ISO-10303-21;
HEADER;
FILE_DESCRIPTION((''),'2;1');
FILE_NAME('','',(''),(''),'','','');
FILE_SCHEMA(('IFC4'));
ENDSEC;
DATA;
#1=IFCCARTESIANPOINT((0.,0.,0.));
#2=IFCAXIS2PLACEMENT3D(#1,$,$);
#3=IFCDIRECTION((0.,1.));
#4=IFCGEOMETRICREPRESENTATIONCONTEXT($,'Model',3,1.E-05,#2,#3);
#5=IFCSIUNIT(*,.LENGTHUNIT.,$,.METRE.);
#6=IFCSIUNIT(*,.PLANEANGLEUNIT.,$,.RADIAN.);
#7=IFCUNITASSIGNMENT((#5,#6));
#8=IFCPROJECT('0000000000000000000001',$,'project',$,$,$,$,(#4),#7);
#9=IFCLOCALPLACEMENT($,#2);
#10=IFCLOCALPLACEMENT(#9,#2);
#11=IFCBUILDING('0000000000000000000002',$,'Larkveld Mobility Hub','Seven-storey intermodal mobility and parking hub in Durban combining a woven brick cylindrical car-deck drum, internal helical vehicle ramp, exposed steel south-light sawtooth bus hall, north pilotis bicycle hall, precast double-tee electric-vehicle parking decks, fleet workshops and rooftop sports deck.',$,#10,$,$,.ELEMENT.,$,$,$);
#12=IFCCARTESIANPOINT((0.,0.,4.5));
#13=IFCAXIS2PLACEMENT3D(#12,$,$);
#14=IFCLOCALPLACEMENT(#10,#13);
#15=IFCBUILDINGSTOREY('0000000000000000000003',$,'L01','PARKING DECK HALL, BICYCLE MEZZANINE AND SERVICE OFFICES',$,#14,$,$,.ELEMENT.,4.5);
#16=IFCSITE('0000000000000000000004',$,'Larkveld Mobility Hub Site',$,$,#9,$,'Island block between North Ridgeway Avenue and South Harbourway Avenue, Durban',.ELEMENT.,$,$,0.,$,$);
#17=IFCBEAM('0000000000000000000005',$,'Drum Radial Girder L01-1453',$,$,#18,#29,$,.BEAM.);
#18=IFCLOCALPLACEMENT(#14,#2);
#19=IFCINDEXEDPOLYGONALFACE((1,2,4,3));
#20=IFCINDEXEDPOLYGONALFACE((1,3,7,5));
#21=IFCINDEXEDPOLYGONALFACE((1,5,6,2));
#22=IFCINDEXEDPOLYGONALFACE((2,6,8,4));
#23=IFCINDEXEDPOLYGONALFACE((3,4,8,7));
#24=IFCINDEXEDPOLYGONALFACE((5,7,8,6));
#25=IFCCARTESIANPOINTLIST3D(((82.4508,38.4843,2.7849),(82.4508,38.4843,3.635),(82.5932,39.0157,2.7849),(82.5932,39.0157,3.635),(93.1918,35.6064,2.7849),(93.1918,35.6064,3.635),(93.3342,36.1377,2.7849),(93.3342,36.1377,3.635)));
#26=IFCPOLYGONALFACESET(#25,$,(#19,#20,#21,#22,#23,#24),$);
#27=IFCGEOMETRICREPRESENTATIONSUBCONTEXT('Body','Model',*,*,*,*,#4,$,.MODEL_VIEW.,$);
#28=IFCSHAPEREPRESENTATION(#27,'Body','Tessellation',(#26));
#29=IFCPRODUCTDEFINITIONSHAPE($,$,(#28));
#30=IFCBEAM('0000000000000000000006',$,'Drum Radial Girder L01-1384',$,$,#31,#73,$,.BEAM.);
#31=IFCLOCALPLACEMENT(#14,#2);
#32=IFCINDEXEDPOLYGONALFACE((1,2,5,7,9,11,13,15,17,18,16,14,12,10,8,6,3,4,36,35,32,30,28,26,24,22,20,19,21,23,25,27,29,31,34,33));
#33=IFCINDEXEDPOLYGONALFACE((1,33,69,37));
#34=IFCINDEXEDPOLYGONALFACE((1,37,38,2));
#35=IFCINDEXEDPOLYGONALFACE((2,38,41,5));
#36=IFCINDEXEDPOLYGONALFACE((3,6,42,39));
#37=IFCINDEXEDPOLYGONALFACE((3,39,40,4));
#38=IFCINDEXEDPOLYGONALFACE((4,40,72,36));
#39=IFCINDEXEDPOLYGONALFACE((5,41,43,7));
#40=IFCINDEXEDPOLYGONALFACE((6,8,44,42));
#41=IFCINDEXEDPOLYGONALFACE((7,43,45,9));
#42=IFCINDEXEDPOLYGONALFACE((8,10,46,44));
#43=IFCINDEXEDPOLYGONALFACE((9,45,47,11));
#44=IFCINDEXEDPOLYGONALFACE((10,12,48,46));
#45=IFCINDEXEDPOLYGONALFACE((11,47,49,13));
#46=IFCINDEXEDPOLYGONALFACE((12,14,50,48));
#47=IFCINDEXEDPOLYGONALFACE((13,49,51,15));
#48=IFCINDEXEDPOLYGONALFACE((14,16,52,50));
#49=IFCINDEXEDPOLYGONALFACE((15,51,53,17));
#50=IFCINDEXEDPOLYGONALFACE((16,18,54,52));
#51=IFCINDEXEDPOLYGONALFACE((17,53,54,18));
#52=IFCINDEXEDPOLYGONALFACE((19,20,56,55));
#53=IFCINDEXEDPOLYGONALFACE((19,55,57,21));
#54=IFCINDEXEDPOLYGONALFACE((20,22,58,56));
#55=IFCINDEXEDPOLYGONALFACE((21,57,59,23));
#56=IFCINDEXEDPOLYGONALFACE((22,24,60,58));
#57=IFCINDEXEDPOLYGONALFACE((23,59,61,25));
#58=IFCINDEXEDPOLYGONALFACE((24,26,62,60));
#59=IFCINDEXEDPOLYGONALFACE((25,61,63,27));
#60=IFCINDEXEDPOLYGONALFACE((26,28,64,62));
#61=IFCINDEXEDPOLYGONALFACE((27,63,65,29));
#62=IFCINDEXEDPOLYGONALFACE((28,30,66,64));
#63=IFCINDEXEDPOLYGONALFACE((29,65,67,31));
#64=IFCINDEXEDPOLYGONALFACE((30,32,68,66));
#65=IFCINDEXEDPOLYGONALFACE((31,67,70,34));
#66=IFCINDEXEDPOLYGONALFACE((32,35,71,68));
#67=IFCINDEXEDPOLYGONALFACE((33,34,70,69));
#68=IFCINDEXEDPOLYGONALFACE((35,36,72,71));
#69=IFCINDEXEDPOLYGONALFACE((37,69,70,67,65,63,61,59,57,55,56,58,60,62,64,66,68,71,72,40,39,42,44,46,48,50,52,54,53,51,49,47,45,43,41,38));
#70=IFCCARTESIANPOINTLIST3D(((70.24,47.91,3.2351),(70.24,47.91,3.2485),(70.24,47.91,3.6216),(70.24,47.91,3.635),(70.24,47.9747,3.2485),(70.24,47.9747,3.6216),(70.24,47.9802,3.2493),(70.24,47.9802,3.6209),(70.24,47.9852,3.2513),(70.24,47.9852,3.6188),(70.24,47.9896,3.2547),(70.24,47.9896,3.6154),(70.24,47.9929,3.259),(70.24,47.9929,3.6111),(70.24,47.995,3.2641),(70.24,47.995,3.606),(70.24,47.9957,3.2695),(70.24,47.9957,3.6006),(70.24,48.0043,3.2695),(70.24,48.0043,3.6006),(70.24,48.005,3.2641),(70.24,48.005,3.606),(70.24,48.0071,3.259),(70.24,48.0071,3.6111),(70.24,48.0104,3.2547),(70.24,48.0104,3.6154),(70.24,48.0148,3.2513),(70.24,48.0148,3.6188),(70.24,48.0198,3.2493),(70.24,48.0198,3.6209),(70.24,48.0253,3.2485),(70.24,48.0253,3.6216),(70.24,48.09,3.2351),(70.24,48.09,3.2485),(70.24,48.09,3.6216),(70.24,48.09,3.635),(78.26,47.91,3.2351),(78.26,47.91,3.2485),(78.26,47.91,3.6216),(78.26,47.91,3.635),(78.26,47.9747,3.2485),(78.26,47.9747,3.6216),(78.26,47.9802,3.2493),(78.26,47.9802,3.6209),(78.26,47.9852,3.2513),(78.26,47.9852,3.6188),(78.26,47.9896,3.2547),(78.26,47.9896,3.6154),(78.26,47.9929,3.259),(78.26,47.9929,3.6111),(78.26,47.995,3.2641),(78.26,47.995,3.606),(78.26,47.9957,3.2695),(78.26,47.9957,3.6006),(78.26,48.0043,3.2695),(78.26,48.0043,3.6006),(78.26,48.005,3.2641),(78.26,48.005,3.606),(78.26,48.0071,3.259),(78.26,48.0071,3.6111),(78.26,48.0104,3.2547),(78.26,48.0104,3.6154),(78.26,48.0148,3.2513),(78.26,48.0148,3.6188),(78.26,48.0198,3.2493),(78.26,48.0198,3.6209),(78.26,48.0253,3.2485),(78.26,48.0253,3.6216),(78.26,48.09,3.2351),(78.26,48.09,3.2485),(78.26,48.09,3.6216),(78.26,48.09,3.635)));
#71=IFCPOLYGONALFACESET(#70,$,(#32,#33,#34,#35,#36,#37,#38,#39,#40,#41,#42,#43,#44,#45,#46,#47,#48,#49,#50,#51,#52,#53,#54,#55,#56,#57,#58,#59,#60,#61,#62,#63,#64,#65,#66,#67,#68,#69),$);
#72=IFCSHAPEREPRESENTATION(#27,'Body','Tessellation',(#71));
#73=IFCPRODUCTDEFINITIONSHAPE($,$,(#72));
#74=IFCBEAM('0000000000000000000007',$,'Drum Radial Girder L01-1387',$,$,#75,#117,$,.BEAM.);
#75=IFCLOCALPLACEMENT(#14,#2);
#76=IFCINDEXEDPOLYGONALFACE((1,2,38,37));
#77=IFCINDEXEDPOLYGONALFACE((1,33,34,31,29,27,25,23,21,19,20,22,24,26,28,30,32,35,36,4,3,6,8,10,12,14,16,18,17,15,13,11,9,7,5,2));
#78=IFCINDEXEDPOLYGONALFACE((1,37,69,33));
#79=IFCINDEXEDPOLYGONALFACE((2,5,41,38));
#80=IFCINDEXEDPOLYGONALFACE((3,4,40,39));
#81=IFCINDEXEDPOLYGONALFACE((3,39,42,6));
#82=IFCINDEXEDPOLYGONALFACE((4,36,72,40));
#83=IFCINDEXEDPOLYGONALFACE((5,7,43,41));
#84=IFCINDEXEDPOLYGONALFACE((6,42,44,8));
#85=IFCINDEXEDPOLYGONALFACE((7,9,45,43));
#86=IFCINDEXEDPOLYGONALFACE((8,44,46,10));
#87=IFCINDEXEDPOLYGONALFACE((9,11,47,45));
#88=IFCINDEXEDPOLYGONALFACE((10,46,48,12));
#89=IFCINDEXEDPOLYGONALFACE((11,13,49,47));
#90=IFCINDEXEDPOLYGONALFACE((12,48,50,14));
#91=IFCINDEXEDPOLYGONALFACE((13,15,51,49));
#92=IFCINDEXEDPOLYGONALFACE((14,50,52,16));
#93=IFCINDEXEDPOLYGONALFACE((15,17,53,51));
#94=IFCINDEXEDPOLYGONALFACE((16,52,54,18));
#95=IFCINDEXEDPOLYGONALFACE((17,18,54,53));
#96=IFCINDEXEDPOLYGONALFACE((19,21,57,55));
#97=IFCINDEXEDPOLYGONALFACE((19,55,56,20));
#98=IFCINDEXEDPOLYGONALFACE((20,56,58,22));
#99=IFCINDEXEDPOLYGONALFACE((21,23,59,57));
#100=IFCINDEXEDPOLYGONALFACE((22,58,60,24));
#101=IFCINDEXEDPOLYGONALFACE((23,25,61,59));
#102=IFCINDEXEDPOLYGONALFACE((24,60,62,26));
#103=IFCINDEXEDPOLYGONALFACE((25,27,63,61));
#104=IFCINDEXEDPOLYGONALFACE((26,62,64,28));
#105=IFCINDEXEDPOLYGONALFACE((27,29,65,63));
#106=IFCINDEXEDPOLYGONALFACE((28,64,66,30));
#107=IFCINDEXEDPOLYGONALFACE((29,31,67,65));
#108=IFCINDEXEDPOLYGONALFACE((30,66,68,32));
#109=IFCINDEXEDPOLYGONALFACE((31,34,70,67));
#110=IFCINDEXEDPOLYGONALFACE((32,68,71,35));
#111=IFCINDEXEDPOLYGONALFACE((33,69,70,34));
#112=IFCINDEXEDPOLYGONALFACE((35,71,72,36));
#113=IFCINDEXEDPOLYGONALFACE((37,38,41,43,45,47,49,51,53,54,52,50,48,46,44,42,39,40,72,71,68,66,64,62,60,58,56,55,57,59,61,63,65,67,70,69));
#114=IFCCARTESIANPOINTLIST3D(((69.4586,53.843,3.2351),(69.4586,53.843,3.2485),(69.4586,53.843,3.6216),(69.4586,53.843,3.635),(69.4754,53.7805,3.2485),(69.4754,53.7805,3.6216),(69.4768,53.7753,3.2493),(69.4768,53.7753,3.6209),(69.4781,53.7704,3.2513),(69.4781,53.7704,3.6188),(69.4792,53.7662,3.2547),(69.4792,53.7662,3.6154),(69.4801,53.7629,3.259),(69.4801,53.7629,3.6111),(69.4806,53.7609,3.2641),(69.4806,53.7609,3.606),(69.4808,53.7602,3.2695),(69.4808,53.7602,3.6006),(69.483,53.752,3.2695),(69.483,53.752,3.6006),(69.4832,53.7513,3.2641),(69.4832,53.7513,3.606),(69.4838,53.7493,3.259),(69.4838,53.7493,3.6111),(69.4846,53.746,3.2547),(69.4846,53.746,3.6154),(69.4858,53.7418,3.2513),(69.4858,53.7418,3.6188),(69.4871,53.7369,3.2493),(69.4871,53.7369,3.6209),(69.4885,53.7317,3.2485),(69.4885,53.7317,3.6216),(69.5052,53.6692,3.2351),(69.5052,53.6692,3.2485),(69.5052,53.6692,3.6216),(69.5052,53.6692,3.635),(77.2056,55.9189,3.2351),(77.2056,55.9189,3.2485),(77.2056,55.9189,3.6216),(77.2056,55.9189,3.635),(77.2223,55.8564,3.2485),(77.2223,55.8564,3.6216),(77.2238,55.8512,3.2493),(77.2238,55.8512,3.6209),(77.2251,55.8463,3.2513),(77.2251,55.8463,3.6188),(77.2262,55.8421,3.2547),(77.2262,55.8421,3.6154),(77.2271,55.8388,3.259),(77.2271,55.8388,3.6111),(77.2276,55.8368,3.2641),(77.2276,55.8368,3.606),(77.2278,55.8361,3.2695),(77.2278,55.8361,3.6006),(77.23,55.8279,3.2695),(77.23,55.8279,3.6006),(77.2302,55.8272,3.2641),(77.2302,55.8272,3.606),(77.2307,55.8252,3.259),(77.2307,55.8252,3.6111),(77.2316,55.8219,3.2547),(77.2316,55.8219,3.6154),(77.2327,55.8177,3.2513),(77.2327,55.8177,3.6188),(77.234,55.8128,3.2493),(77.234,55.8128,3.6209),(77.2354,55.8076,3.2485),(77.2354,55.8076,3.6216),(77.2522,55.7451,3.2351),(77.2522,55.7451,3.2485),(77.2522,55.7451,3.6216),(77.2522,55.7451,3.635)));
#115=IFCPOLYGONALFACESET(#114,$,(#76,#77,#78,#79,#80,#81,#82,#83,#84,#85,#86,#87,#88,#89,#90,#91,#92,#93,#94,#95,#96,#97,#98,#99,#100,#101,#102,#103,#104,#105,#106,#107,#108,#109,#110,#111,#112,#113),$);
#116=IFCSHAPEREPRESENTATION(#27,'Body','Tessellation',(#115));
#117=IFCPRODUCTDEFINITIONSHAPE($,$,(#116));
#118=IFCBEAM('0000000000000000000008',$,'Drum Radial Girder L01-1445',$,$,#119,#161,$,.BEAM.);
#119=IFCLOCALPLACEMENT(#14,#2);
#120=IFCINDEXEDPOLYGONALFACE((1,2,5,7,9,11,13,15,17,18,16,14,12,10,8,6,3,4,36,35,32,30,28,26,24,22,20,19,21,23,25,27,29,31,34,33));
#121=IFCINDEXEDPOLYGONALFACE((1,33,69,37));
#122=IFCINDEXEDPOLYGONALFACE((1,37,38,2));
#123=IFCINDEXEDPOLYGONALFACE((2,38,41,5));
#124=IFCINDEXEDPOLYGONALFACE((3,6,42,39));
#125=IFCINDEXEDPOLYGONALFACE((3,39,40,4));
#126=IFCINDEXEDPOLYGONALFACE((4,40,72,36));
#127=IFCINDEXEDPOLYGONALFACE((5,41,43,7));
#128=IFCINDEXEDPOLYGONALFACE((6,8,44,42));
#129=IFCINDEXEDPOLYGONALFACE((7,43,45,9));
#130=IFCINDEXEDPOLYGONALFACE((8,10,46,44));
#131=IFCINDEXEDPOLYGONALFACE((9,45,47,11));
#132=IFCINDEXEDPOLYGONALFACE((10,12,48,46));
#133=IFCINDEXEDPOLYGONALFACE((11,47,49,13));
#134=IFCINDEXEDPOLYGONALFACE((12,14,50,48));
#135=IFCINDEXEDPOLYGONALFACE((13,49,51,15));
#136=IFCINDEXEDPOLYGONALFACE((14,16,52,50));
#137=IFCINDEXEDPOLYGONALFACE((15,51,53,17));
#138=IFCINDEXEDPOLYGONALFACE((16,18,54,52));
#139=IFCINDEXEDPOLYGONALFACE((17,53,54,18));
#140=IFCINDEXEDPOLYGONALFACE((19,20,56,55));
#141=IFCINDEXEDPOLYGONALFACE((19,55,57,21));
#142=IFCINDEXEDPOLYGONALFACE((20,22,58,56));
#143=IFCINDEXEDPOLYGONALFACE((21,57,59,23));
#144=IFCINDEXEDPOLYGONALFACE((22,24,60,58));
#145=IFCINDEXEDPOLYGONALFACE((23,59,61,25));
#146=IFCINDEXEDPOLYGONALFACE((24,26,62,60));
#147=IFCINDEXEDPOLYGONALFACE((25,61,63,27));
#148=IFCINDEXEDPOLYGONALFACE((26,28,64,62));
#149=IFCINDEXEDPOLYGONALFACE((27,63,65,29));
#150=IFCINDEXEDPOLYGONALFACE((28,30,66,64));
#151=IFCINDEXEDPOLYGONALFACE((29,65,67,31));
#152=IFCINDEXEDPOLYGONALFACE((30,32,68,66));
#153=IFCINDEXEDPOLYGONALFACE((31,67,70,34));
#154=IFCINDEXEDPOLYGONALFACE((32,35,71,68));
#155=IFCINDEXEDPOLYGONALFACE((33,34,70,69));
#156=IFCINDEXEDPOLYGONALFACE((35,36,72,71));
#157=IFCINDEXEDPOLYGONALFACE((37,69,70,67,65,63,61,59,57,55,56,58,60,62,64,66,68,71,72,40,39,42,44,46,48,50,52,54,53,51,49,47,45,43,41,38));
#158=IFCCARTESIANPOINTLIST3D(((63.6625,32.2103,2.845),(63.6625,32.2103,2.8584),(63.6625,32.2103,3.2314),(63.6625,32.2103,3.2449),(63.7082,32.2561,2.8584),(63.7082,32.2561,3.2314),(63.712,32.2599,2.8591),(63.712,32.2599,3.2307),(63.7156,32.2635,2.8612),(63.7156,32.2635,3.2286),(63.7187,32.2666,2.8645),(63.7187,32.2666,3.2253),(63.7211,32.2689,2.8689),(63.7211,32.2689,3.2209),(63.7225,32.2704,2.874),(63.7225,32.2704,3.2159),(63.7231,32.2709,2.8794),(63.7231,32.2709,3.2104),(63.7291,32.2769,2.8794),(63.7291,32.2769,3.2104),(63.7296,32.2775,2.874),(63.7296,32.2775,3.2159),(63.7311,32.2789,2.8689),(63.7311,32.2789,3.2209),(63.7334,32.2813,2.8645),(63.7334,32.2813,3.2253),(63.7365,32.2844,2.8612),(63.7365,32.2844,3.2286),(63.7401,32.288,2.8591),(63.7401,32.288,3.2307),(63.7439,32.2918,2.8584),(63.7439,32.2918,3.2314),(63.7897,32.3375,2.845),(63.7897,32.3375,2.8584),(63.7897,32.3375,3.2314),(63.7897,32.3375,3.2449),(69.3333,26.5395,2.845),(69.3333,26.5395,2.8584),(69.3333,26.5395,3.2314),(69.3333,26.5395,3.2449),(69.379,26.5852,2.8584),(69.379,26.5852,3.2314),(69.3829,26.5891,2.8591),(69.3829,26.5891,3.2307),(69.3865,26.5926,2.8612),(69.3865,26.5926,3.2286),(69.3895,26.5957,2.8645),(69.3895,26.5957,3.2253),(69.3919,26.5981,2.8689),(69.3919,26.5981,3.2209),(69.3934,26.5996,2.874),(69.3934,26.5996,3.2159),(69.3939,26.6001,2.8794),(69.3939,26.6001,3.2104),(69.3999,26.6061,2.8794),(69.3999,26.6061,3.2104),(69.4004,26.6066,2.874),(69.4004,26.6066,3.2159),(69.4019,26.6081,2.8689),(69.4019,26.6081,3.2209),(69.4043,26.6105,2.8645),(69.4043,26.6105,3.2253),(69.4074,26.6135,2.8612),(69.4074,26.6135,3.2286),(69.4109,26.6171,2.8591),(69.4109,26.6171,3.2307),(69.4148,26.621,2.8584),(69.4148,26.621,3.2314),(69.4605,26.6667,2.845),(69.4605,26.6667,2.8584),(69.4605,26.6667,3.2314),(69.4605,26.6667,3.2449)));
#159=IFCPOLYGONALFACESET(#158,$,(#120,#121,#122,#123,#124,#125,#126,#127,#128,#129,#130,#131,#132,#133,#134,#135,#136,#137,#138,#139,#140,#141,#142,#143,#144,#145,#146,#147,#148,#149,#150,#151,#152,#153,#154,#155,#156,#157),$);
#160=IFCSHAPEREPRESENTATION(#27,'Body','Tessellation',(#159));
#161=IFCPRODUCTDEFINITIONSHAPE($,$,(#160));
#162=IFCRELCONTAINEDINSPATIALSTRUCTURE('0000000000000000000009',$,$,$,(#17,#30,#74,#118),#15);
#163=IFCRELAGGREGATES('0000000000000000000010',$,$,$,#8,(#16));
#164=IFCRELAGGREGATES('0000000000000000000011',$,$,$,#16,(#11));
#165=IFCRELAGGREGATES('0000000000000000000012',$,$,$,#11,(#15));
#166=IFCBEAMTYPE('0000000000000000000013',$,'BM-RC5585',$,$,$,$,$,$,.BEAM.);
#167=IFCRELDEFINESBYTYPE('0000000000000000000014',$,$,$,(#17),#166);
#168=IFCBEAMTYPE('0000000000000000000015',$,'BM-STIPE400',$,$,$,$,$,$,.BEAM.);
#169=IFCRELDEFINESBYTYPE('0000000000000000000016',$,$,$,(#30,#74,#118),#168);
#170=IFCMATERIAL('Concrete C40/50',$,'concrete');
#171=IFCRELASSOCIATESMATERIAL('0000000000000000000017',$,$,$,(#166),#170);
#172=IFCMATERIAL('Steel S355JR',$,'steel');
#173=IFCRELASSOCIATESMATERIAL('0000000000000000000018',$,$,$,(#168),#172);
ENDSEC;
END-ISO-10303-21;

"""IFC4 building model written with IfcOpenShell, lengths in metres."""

from ifc_helpers import new_model, si_unit, direction, frame, origin, origin_2d, place, context, subcontext, project, spatial, rectangle, i_section, extrude, material, material_profile, profile_set, type_object, element, save


model = new_model("IFC4")

# Units and contexts
model_context = context("Model", 3, precision=1e-05, world=origin(), true_north=direction((0.0, 1.0)))
body_context = subcontext(model_context, "Body", "Model", "MODEL_VIEW")
ifc_project = project(units=[si_unit("LENGTHUNIT", "METRE"), si_unit("PLANEANGLEUNIT", "RADIAN")], contexts=[model_context])

# Site, building, storey
site_placement = place(None, origin())
site = spatial("IfcSite", under=ifc_project, at=site_placement, Name="Larkveld Mobility Hub Site", LongName="Island block between North Ridgeway Avenue and South Harbourway Avenue, Durban", CompositionType="ELEMENT", RefElevation=0.0)
building_placement = place(site_placement, origin())
building = spatial("IfcBuilding", under=site, at=building_placement, Name="Larkveld Mobility Hub", Description="Seven-storey intermodal mobility and parking hub in Durban combining a woven brick cylindrical car-deck drum, internal helical vehicle ramp, exposed steel south-light sawtooth bus hall, north pilotis bicycle hall, precast double-tee electric-vehicle parking decks, fleet workshops and rooftop sports deck.", CompositionType="ELEMENT")
storey_placement = place(building_placement, frame((0.0, 0.0, 4.5)))
storey = spatial("IfcBuildingStorey", under=building, at=storey_placement, Name="L01", Description="PARKING DECK HALL, BICYCLE MEZZANINE AND SERVICE OFFICES", CompositionType="ELEMENT", Elevation=4.5)

# Shared definitions
ifc_material_1 = material(Name="Concrete C40/50", Category="concrete")

# Beams
ifc_material_profile_1 = material_profile(ifc_material_1, rectangle(XDim=0.55, YDim=0.8501, at=origin_2d()), Name="RC BM 550x850")
ifc_profile_set_1 = profile_set([ifc_material_profile_1], Name="Concrete C40/50")
beam_type_1 = type_object("IfcBeamType", Name="BM-RC5585", PredefinedType="BEAM", material=ifc_profile_set_1)
for number, where, z_axis, x_axis, name in (
    (1, (82.522, 38.75, 3.21), (0.965928, -0.25881, 0.0), (0.25881, 0.965928, 0.0), "Drum Radial Girder L01-1453"),
):
    element("IfcBeam", number, at=place(storey_placement, frame(where, z_axis=z_axis, x_axis=x_axis)), inside=storey, type_object=beam_type_1, Name=name, PredefinedType="BEAM", context=body_context, shape_type="SweptSolid", body=[
        extrude(rectangle(XDim=0.55, YDim=0.8501, at=origin_2d()), origin(), (0.0, 0.0, 1.0), 11.1199),
    ])
ifc_material_2 = material(Name="Steel S355JR", Category="steel")
ifc_material_profile_2 = material_profile(ifc_material_2, i_section(OverallWidth=0.1799, OverallDepth=0.3999, WebThickness=0.0085, FlangeThickness=0.0134, FilletRadius=0.021, at=origin_2d()), Name="IPE 400")
ifc_profile_set_2 = profile_set([ifc_material_profile_2], Name="Steel S355JR")
beam_type_2 = type_object("IfcBeamType", Name="BM-STIPE400", PredefinedType="BEAM", material=ifc_profile_set_2)
beam_1_placement = place(storey_placement, frame((70.24, 48.0, 3.4351), z_axis=(1.0, 0.0, 0.0), x_axis=(0.0, 1.0, 0.0)))
element("IfcBeam", 2, at=beam_1_placement, inside=storey, type_object=beam_type_2, Name="Drum Radial Girder L01-1384", PredefinedType="BEAM", context=body_context, shape_type="SweptSolid", body=[
    extrude(i_section(OverallWidth=0.1799, OverallDepth=0.3999, WebThickness=0.0085, FlangeThickness=0.0134, FilletRadius=0.021, at=origin_2d()), origin(), (0.0, 0.0, 1.0), 8.02),
])
beam_2_placement = place(storey_placement, frame((69.4819, 53.7561, 3.4351), z_axis=(0.965923, 0.258831, 0.0), x_axis=(-0.258831, 0.965923, 0.0)))
element("IfcBeam", 3, at=beam_2_placement, inside=storey, type_object=beam_type_2, Name="Drum Radial Girder L01-1387", PredefinedType="BEAM", context=body_context, shape_type="SweptSolid", body=[
    extrude(i_section(OverallWidth=0.1799, OverallDepth=0.3999, WebThickness=0.0085, FlangeThickness=0.0134, FilletRadius=0.021, at=origin_2d()), origin(), (0.0, 0.0, 1.0), 8.0203),
])
beam_3_placement = place(storey_placement, frame((63.7261, 32.2739, 3.0449), z_axis=(0.707107, -0.707107, 0.0), x_axis=(0.707107, 0.707107, 0.0)))
element("IfcBeam", 4, at=beam_3_placement, inside=storey, type_object=beam_type_2, Name="Drum Radial Girder L01-1445", PredefinedType="BEAM", context=body_context, shape_type="SweptSolid", body=[
    extrude(i_section(OverallWidth=0.1799, OverallDepth=0.3999, WebThickness=0.0085, FlangeThickness=0.0134, FilletRadius=0.021, at=origin_2d()), origin(), (0.0, 0.0, 1.0), 8.0198),
])

save(model, "model.ifc")
